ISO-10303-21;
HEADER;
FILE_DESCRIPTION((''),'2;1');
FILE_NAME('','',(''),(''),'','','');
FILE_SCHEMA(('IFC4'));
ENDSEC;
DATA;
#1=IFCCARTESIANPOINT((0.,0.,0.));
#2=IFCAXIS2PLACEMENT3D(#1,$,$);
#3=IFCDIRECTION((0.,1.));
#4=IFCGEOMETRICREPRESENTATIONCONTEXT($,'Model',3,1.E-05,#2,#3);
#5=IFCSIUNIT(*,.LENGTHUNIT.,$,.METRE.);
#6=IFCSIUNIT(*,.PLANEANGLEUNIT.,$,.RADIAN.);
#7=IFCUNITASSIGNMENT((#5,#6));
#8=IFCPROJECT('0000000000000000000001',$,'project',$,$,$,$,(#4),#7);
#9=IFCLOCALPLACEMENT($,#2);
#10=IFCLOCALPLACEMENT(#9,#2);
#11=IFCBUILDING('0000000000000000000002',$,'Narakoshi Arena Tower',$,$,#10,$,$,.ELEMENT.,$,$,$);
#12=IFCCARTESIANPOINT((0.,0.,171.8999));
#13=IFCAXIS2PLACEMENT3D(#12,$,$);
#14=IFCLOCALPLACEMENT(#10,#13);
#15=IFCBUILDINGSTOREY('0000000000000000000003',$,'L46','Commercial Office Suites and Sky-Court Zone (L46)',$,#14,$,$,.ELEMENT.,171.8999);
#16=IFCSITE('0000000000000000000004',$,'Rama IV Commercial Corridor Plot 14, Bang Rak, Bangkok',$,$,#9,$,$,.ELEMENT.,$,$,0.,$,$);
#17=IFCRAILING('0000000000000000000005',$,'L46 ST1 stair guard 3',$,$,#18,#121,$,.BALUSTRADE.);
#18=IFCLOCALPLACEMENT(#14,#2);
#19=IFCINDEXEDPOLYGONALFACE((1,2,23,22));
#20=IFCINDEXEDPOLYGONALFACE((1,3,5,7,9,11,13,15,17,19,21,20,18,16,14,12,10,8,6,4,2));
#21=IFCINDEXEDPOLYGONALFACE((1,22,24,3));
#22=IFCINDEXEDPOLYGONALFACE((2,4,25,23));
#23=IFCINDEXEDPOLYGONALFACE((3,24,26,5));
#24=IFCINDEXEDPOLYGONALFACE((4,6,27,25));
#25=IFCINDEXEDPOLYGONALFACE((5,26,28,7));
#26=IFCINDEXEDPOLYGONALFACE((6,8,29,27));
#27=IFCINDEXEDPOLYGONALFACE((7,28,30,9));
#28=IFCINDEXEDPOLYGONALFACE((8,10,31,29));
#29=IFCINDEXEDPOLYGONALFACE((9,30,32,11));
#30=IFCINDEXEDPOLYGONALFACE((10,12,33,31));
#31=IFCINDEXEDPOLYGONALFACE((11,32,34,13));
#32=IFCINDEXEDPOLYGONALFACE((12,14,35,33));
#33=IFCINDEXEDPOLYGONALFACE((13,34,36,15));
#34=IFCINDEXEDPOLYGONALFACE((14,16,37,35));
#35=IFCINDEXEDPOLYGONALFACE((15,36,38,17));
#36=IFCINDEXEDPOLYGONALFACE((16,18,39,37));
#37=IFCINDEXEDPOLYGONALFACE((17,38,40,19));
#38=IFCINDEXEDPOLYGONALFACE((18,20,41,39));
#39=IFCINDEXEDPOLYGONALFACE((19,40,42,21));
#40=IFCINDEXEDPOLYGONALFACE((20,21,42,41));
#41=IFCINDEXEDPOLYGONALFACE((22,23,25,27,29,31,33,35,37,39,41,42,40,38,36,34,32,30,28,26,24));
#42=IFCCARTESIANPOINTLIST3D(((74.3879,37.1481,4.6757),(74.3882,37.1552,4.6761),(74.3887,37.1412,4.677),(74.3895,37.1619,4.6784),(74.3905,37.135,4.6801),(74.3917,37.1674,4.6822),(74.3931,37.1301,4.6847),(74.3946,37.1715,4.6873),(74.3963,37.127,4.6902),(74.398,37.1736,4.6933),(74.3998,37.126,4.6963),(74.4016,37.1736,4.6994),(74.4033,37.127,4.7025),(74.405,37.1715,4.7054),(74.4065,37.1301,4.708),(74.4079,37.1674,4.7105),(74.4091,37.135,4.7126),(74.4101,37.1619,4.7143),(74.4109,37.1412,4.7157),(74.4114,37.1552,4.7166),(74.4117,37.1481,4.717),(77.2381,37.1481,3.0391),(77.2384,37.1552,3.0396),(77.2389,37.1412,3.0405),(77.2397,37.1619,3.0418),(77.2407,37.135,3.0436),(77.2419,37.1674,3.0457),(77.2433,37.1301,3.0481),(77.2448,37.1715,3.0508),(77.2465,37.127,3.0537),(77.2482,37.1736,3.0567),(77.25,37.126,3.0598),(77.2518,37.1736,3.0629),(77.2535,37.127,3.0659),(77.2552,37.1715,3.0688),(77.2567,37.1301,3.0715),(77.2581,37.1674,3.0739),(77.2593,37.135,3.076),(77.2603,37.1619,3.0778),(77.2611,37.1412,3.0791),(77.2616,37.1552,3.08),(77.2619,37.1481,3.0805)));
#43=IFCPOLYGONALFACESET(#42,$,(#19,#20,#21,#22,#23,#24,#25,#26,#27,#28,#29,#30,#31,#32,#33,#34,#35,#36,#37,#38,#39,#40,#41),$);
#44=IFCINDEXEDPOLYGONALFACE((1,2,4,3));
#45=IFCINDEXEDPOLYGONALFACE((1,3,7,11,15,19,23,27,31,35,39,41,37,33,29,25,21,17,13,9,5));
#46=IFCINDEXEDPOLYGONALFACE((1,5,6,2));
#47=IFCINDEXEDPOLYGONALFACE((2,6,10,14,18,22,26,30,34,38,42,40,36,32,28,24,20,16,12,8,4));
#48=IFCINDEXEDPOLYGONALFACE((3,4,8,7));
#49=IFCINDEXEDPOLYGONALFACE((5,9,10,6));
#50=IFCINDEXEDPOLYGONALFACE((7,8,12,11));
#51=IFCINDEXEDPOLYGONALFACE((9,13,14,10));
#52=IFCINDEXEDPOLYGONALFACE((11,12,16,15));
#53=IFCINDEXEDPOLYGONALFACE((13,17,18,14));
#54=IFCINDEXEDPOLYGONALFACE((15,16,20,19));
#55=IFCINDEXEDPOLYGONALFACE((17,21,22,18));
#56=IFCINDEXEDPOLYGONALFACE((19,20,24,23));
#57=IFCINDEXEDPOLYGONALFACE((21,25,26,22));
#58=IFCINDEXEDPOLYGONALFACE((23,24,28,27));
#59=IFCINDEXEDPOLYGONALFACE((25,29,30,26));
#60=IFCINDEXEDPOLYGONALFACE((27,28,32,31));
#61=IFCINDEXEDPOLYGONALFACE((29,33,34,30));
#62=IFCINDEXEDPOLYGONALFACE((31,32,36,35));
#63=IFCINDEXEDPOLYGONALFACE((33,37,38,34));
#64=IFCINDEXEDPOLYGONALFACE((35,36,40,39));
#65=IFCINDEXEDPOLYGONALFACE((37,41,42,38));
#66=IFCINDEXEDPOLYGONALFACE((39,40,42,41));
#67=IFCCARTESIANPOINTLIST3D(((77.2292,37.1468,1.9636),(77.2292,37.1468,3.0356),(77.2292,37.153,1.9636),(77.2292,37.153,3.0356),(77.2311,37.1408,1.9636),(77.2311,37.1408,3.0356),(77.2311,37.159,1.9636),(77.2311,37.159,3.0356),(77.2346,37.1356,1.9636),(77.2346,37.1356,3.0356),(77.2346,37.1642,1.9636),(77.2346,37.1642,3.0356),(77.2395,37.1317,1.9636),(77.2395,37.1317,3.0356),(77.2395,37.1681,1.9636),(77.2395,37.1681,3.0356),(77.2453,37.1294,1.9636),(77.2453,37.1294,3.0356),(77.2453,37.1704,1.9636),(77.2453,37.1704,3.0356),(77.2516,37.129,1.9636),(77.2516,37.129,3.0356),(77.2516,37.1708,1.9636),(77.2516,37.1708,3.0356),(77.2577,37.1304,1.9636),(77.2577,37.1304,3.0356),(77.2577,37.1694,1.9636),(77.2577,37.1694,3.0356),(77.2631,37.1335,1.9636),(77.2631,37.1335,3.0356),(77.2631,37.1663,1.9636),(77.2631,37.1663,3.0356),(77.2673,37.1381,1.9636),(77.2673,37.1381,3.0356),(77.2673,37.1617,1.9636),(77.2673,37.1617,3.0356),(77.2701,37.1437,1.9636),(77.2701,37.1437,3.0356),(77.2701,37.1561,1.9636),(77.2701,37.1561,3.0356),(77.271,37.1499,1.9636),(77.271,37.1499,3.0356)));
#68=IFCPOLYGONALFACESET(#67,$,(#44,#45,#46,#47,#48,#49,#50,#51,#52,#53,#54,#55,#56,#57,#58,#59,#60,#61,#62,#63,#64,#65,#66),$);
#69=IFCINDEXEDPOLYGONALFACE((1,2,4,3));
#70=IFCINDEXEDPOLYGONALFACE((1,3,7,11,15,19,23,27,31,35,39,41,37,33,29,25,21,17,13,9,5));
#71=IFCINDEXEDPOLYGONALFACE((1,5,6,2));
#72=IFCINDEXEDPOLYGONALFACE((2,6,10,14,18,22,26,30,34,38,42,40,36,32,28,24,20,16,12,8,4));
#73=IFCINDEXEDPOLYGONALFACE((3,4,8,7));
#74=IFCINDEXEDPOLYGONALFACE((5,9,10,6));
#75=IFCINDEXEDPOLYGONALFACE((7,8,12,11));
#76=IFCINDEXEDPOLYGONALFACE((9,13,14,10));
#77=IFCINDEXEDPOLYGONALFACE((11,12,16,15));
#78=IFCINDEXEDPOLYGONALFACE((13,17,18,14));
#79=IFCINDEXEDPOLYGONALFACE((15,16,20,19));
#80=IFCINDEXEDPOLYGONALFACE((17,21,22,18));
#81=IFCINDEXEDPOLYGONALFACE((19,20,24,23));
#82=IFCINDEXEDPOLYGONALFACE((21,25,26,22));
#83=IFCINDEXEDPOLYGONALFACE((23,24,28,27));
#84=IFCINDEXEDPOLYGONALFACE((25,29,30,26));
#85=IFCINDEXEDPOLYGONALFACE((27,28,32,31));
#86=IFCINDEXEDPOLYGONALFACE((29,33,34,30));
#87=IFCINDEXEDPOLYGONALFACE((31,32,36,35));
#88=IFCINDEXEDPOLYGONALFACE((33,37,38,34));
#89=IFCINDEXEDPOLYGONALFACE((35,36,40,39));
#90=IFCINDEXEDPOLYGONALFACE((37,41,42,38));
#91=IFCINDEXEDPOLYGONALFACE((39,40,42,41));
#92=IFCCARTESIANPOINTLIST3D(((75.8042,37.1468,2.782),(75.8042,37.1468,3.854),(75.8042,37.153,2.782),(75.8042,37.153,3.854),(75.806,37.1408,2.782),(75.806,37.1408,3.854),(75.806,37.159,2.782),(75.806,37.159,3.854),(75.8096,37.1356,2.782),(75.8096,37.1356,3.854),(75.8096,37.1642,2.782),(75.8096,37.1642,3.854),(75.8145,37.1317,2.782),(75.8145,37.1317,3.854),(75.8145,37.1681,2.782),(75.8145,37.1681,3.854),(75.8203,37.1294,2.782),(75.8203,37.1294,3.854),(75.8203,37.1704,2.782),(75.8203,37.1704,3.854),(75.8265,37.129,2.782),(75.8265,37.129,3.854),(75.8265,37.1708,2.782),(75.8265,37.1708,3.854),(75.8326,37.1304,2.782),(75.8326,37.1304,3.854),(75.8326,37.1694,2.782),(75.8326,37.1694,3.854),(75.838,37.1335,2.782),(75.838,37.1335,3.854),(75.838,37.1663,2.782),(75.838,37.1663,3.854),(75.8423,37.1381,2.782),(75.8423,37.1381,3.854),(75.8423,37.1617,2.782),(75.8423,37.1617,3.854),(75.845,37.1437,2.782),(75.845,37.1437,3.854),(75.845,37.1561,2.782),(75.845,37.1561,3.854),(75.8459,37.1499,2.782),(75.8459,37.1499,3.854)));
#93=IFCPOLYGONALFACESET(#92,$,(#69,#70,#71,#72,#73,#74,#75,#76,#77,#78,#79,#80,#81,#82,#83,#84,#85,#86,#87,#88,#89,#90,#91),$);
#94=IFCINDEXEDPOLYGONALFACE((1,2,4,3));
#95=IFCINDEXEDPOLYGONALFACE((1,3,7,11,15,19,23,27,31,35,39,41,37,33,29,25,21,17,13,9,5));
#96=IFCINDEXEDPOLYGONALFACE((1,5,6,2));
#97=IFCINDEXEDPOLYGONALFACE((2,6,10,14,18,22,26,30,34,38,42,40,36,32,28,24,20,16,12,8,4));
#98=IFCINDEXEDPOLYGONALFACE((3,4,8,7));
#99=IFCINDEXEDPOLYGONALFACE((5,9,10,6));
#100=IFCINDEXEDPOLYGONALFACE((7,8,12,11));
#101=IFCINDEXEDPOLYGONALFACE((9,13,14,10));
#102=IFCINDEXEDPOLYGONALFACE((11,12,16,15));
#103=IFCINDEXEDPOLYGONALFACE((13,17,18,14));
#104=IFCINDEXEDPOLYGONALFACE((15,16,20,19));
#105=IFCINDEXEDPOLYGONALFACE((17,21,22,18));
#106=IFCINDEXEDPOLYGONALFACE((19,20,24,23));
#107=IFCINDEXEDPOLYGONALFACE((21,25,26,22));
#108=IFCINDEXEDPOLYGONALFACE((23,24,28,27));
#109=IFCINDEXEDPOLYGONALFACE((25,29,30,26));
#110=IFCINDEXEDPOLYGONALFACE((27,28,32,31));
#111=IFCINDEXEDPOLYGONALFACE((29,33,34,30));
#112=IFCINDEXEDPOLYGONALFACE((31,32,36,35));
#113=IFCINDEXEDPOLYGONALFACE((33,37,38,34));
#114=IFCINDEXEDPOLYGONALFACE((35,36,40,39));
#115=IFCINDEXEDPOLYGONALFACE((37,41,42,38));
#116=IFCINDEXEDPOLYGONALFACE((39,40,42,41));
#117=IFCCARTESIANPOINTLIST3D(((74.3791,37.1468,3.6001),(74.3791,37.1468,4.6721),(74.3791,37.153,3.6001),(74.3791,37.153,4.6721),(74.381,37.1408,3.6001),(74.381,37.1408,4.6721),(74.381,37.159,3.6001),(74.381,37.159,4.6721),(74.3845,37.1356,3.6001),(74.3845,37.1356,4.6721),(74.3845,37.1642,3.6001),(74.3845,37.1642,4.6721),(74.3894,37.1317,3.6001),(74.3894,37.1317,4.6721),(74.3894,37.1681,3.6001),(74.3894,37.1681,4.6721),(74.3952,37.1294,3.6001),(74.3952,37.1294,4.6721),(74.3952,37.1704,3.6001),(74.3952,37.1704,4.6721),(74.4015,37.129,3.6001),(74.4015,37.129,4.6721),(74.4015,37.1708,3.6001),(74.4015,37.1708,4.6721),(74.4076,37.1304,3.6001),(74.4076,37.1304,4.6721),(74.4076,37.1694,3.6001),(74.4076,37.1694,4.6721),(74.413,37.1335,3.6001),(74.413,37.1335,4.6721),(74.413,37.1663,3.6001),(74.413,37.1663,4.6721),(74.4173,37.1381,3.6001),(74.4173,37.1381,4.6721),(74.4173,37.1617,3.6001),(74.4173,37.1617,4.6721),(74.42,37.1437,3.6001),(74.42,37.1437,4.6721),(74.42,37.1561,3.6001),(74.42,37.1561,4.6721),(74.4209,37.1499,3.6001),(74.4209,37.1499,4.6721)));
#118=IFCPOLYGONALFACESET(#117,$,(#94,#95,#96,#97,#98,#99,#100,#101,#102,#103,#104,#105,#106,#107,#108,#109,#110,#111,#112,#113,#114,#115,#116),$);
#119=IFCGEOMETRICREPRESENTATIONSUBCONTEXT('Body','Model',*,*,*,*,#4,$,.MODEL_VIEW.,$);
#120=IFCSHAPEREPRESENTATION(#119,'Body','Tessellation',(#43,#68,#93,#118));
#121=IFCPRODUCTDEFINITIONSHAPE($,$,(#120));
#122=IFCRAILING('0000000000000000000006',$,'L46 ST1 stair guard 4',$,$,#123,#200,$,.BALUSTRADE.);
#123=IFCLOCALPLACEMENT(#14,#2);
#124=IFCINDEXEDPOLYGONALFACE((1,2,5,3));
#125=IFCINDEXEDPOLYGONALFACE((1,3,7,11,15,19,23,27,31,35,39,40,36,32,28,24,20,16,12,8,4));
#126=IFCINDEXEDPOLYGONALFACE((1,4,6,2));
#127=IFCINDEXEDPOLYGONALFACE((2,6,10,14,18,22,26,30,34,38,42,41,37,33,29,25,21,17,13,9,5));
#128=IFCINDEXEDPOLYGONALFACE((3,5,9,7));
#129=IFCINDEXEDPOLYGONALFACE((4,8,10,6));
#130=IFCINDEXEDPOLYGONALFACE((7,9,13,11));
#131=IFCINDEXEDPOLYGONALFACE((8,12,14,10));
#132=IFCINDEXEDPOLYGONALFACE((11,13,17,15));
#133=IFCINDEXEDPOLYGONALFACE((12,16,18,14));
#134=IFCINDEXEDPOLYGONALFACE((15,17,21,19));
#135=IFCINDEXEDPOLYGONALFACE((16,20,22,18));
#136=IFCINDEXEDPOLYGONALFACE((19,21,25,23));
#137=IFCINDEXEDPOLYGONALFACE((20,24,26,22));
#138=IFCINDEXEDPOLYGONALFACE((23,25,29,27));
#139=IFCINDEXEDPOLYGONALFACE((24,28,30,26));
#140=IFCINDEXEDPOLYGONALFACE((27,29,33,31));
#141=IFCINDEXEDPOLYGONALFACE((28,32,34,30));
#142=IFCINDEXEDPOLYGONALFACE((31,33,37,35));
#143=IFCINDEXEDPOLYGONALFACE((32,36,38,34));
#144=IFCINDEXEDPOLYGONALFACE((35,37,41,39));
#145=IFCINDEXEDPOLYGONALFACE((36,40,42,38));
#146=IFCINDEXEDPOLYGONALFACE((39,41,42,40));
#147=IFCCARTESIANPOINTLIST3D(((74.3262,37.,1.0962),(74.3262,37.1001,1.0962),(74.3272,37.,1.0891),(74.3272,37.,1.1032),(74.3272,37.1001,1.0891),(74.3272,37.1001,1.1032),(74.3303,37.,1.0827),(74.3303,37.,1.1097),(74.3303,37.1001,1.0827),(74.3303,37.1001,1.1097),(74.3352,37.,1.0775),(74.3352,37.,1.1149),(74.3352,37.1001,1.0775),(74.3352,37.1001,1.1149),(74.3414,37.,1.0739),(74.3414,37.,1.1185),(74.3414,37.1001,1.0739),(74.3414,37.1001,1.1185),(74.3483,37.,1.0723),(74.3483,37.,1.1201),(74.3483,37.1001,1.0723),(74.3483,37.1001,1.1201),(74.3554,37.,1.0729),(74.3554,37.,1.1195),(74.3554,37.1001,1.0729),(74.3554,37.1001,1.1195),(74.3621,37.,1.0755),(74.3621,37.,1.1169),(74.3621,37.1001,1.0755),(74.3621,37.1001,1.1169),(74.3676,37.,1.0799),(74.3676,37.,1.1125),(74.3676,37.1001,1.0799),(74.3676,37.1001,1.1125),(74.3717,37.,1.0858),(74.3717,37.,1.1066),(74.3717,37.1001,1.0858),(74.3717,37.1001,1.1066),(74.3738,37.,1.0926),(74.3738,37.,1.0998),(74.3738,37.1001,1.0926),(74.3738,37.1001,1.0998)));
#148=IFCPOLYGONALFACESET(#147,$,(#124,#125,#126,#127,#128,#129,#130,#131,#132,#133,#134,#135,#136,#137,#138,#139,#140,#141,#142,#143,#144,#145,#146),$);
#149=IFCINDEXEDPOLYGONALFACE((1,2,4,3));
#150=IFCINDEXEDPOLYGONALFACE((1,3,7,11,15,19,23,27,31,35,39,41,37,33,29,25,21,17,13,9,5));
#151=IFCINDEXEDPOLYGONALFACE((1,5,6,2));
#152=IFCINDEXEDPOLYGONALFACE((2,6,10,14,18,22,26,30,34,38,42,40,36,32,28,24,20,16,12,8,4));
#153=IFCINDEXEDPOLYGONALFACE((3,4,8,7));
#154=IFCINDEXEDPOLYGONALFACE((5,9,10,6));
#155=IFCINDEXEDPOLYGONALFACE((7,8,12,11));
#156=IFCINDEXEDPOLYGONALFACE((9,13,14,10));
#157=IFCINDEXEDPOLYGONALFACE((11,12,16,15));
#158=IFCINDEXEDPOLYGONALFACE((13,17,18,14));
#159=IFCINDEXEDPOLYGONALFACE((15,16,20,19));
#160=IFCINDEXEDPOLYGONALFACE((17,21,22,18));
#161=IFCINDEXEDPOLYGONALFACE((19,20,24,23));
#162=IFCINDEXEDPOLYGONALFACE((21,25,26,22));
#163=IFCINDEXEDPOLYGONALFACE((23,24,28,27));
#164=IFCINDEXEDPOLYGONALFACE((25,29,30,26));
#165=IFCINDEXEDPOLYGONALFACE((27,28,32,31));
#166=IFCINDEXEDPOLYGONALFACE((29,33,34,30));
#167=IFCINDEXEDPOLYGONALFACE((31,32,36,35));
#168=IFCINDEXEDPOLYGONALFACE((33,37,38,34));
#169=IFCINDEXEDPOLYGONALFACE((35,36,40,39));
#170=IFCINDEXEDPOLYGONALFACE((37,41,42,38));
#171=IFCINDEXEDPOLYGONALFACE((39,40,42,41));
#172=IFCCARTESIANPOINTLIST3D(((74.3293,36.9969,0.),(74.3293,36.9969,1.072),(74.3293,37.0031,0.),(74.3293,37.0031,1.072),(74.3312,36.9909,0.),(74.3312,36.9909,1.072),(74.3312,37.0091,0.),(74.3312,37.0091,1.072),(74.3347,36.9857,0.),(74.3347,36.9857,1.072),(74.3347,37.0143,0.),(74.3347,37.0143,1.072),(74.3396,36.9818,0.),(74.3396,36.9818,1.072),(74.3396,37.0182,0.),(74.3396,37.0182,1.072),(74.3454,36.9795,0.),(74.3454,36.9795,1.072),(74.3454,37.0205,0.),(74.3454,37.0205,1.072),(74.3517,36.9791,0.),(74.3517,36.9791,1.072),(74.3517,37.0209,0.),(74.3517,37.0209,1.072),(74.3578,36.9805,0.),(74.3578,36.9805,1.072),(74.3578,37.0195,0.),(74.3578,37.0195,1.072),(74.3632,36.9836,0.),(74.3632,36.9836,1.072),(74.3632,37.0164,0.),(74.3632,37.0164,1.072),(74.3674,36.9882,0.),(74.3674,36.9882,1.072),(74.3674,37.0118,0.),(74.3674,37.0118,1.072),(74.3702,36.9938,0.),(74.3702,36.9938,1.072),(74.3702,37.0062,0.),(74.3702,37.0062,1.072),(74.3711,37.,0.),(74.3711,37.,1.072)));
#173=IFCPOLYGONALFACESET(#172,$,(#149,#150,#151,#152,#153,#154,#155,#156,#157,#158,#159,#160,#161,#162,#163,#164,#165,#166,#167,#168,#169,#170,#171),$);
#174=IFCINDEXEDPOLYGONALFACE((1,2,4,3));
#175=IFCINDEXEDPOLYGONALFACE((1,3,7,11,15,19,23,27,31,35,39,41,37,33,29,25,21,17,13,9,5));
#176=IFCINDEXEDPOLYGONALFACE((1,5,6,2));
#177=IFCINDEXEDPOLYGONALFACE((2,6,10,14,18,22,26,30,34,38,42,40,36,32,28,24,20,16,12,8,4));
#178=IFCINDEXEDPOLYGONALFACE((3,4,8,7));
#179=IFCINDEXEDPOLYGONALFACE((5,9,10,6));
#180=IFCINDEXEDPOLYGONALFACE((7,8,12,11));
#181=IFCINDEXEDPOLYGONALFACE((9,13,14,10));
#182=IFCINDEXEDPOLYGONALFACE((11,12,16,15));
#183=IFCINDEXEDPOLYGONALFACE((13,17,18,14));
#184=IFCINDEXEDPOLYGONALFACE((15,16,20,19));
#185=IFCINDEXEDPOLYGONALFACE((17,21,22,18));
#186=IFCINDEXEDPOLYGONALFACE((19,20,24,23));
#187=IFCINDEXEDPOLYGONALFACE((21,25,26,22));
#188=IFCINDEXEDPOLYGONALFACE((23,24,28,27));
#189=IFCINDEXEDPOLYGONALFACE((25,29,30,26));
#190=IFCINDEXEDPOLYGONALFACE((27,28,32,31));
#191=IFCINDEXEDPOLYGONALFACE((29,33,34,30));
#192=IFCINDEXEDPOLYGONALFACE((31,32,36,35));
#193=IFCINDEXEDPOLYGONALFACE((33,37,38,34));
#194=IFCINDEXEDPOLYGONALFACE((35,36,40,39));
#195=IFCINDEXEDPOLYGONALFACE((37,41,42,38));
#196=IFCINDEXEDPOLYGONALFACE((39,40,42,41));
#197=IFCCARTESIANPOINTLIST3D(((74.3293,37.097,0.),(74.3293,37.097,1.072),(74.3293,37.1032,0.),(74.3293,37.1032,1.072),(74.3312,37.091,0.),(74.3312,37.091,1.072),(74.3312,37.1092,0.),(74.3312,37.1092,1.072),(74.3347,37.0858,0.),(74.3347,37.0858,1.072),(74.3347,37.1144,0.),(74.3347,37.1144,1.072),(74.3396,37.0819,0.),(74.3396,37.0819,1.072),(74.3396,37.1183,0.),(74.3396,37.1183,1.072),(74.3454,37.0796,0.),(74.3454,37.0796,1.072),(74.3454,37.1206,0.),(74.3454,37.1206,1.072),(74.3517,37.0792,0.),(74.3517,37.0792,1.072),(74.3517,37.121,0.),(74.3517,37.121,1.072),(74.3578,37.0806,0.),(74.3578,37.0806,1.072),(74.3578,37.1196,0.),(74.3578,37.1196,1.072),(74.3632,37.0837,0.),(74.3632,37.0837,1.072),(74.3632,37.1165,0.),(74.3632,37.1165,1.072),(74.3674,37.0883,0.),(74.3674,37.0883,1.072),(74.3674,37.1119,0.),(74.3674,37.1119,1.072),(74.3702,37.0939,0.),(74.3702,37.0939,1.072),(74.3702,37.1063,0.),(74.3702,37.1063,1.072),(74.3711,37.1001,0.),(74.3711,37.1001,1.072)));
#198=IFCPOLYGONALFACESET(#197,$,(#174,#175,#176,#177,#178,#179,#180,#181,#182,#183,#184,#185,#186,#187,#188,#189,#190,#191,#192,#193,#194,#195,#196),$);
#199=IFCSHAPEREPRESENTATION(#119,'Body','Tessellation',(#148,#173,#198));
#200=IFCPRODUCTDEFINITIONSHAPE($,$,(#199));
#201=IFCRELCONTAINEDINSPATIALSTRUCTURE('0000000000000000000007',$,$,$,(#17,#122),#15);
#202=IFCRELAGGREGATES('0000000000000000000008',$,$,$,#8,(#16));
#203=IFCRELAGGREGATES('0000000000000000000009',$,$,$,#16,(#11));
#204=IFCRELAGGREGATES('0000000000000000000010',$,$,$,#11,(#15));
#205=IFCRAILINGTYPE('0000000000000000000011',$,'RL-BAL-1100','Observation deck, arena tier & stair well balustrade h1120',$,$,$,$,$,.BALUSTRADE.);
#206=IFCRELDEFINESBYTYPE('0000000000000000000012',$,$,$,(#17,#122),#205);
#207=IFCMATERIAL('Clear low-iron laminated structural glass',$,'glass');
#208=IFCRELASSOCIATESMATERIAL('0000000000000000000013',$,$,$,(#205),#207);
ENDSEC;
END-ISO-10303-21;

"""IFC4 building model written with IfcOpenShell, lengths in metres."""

from ifc_helpers import new_model, si_unit, direction, frame, origin, origin_2d, place, context, subcontext, project, spatial, circle, extrude, material, type_object, element, save


model = new_model("IFC4")

# Units and contexts
model_context = context("Model", 3, precision=1e-05, world=origin(), true_north=direction((0.0, 1.0)))
body_context = subcontext(model_context, "Body", "Model", "MODEL_VIEW")
ifc_project = project(units=[si_unit("LENGTHUNIT", "METRE"), si_unit("PLANEANGLEUNIT", "RADIAN")], contexts=[model_context])

# Site, building, storey
site_placement = place(None, origin())
site = spatial("IfcSite", under=ifc_project, at=site_placement, Name="Rama IV Commercial Corridor Plot 14, Bang Rak, Bangkok", CompositionType="ELEMENT", RefElevation=0.0)
building_placement = place(site_placement, origin())
building = spatial("IfcBuilding", under=site, at=building_placement, Name="Narakoshi Arena Tower", CompositionType="ELEMENT")
storey_placement = place(building_placement, frame((0.0, 0.0, 171.8999)))
storey = spatial("IfcBuildingStorey", under=building, at=storey_placement, Name="L46", Description="Commercial Office Suites and Sky-Court Zone (L46)", CompositionType="ELEMENT", Elevation=171.8999)

# Railings
ifc_material_1 = material(Name="Clear low-iron laminated structural glass", Category="glass")
railing_type_1 = type_object("IfcRailingType", Name="RL-BAL-1100", Description="Observation deck, arena tier & stair well balustrade h1120", PredefinedType="BALUSTRADE", material=ifc_material_1)
railing_1_placement = place(storey_placement, frame((77.25, 37.1499, 1.9636)))
element("IfcRailing", 1, at=railing_1_placement, inside=storey, type_object=railing_type_1, Name="L46 ST1 stair guard 3", PredefinedType="BALUSTRADE", context=body_context, shape_type="SweptSolid", body=[
    extrude(circle(Radius=0.0239, at=origin_2d()), frame((0.0, 0.0, 1.0962), z_axis=(-0.867213, 0.0, 0.497938), x_axis=(0.0, -1.0, 0.0)), (0.0, 0.0, 1.0), 3.2866),
    extrude(circle(Radius=0.021, at=origin_2d()), origin(), (0.0, 0.0, 1.0), 1.072),
    extrude(circle(Radius=0.021, at=origin_2d()), frame((-1.425, 0.0, 0.8184)), (0.0, 0.0, 1.0), 1.072),
    extrude(circle(Radius=0.021, at=origin_2d()), frame((-2.8501, 0.0, 1.6365)), (0.0, 0.0, 1.0), 1.072),
])
railing_2_placement = place(storey_placement, frame((74.3501, 37.0, 0.0)))
element("IfcRailing", 2, at=railing_2_placement, inside=storey, type_object=railing_type_1, Name="L46 ST1 stair guard 4", PredefinedType="BALUSTRADE", context=body_context, shape_type="SweptSolid", body=[
    extrude(circle(Radius=0.0239, at=origin_2d()), frame((0.0, 0.0, 1.0962), z_axis=(0.0, 1.0, 0.0), x_axis=(-1.0, 0.0, 0.0)), (0.0, 0.0, 1.0), 0.1001),
    extrude(circle(Radius=0.021, at=origin_2d()), origin(), (0.0, 0.0, 1.0), 1.072),
    extrude(circle(Radius=0.021, at=origin_2d()), frame((0.0, 0.1001, 0.0)), (0.0, 0.0, 1.0), 1.072),
])

save(model, "model.ifc")
